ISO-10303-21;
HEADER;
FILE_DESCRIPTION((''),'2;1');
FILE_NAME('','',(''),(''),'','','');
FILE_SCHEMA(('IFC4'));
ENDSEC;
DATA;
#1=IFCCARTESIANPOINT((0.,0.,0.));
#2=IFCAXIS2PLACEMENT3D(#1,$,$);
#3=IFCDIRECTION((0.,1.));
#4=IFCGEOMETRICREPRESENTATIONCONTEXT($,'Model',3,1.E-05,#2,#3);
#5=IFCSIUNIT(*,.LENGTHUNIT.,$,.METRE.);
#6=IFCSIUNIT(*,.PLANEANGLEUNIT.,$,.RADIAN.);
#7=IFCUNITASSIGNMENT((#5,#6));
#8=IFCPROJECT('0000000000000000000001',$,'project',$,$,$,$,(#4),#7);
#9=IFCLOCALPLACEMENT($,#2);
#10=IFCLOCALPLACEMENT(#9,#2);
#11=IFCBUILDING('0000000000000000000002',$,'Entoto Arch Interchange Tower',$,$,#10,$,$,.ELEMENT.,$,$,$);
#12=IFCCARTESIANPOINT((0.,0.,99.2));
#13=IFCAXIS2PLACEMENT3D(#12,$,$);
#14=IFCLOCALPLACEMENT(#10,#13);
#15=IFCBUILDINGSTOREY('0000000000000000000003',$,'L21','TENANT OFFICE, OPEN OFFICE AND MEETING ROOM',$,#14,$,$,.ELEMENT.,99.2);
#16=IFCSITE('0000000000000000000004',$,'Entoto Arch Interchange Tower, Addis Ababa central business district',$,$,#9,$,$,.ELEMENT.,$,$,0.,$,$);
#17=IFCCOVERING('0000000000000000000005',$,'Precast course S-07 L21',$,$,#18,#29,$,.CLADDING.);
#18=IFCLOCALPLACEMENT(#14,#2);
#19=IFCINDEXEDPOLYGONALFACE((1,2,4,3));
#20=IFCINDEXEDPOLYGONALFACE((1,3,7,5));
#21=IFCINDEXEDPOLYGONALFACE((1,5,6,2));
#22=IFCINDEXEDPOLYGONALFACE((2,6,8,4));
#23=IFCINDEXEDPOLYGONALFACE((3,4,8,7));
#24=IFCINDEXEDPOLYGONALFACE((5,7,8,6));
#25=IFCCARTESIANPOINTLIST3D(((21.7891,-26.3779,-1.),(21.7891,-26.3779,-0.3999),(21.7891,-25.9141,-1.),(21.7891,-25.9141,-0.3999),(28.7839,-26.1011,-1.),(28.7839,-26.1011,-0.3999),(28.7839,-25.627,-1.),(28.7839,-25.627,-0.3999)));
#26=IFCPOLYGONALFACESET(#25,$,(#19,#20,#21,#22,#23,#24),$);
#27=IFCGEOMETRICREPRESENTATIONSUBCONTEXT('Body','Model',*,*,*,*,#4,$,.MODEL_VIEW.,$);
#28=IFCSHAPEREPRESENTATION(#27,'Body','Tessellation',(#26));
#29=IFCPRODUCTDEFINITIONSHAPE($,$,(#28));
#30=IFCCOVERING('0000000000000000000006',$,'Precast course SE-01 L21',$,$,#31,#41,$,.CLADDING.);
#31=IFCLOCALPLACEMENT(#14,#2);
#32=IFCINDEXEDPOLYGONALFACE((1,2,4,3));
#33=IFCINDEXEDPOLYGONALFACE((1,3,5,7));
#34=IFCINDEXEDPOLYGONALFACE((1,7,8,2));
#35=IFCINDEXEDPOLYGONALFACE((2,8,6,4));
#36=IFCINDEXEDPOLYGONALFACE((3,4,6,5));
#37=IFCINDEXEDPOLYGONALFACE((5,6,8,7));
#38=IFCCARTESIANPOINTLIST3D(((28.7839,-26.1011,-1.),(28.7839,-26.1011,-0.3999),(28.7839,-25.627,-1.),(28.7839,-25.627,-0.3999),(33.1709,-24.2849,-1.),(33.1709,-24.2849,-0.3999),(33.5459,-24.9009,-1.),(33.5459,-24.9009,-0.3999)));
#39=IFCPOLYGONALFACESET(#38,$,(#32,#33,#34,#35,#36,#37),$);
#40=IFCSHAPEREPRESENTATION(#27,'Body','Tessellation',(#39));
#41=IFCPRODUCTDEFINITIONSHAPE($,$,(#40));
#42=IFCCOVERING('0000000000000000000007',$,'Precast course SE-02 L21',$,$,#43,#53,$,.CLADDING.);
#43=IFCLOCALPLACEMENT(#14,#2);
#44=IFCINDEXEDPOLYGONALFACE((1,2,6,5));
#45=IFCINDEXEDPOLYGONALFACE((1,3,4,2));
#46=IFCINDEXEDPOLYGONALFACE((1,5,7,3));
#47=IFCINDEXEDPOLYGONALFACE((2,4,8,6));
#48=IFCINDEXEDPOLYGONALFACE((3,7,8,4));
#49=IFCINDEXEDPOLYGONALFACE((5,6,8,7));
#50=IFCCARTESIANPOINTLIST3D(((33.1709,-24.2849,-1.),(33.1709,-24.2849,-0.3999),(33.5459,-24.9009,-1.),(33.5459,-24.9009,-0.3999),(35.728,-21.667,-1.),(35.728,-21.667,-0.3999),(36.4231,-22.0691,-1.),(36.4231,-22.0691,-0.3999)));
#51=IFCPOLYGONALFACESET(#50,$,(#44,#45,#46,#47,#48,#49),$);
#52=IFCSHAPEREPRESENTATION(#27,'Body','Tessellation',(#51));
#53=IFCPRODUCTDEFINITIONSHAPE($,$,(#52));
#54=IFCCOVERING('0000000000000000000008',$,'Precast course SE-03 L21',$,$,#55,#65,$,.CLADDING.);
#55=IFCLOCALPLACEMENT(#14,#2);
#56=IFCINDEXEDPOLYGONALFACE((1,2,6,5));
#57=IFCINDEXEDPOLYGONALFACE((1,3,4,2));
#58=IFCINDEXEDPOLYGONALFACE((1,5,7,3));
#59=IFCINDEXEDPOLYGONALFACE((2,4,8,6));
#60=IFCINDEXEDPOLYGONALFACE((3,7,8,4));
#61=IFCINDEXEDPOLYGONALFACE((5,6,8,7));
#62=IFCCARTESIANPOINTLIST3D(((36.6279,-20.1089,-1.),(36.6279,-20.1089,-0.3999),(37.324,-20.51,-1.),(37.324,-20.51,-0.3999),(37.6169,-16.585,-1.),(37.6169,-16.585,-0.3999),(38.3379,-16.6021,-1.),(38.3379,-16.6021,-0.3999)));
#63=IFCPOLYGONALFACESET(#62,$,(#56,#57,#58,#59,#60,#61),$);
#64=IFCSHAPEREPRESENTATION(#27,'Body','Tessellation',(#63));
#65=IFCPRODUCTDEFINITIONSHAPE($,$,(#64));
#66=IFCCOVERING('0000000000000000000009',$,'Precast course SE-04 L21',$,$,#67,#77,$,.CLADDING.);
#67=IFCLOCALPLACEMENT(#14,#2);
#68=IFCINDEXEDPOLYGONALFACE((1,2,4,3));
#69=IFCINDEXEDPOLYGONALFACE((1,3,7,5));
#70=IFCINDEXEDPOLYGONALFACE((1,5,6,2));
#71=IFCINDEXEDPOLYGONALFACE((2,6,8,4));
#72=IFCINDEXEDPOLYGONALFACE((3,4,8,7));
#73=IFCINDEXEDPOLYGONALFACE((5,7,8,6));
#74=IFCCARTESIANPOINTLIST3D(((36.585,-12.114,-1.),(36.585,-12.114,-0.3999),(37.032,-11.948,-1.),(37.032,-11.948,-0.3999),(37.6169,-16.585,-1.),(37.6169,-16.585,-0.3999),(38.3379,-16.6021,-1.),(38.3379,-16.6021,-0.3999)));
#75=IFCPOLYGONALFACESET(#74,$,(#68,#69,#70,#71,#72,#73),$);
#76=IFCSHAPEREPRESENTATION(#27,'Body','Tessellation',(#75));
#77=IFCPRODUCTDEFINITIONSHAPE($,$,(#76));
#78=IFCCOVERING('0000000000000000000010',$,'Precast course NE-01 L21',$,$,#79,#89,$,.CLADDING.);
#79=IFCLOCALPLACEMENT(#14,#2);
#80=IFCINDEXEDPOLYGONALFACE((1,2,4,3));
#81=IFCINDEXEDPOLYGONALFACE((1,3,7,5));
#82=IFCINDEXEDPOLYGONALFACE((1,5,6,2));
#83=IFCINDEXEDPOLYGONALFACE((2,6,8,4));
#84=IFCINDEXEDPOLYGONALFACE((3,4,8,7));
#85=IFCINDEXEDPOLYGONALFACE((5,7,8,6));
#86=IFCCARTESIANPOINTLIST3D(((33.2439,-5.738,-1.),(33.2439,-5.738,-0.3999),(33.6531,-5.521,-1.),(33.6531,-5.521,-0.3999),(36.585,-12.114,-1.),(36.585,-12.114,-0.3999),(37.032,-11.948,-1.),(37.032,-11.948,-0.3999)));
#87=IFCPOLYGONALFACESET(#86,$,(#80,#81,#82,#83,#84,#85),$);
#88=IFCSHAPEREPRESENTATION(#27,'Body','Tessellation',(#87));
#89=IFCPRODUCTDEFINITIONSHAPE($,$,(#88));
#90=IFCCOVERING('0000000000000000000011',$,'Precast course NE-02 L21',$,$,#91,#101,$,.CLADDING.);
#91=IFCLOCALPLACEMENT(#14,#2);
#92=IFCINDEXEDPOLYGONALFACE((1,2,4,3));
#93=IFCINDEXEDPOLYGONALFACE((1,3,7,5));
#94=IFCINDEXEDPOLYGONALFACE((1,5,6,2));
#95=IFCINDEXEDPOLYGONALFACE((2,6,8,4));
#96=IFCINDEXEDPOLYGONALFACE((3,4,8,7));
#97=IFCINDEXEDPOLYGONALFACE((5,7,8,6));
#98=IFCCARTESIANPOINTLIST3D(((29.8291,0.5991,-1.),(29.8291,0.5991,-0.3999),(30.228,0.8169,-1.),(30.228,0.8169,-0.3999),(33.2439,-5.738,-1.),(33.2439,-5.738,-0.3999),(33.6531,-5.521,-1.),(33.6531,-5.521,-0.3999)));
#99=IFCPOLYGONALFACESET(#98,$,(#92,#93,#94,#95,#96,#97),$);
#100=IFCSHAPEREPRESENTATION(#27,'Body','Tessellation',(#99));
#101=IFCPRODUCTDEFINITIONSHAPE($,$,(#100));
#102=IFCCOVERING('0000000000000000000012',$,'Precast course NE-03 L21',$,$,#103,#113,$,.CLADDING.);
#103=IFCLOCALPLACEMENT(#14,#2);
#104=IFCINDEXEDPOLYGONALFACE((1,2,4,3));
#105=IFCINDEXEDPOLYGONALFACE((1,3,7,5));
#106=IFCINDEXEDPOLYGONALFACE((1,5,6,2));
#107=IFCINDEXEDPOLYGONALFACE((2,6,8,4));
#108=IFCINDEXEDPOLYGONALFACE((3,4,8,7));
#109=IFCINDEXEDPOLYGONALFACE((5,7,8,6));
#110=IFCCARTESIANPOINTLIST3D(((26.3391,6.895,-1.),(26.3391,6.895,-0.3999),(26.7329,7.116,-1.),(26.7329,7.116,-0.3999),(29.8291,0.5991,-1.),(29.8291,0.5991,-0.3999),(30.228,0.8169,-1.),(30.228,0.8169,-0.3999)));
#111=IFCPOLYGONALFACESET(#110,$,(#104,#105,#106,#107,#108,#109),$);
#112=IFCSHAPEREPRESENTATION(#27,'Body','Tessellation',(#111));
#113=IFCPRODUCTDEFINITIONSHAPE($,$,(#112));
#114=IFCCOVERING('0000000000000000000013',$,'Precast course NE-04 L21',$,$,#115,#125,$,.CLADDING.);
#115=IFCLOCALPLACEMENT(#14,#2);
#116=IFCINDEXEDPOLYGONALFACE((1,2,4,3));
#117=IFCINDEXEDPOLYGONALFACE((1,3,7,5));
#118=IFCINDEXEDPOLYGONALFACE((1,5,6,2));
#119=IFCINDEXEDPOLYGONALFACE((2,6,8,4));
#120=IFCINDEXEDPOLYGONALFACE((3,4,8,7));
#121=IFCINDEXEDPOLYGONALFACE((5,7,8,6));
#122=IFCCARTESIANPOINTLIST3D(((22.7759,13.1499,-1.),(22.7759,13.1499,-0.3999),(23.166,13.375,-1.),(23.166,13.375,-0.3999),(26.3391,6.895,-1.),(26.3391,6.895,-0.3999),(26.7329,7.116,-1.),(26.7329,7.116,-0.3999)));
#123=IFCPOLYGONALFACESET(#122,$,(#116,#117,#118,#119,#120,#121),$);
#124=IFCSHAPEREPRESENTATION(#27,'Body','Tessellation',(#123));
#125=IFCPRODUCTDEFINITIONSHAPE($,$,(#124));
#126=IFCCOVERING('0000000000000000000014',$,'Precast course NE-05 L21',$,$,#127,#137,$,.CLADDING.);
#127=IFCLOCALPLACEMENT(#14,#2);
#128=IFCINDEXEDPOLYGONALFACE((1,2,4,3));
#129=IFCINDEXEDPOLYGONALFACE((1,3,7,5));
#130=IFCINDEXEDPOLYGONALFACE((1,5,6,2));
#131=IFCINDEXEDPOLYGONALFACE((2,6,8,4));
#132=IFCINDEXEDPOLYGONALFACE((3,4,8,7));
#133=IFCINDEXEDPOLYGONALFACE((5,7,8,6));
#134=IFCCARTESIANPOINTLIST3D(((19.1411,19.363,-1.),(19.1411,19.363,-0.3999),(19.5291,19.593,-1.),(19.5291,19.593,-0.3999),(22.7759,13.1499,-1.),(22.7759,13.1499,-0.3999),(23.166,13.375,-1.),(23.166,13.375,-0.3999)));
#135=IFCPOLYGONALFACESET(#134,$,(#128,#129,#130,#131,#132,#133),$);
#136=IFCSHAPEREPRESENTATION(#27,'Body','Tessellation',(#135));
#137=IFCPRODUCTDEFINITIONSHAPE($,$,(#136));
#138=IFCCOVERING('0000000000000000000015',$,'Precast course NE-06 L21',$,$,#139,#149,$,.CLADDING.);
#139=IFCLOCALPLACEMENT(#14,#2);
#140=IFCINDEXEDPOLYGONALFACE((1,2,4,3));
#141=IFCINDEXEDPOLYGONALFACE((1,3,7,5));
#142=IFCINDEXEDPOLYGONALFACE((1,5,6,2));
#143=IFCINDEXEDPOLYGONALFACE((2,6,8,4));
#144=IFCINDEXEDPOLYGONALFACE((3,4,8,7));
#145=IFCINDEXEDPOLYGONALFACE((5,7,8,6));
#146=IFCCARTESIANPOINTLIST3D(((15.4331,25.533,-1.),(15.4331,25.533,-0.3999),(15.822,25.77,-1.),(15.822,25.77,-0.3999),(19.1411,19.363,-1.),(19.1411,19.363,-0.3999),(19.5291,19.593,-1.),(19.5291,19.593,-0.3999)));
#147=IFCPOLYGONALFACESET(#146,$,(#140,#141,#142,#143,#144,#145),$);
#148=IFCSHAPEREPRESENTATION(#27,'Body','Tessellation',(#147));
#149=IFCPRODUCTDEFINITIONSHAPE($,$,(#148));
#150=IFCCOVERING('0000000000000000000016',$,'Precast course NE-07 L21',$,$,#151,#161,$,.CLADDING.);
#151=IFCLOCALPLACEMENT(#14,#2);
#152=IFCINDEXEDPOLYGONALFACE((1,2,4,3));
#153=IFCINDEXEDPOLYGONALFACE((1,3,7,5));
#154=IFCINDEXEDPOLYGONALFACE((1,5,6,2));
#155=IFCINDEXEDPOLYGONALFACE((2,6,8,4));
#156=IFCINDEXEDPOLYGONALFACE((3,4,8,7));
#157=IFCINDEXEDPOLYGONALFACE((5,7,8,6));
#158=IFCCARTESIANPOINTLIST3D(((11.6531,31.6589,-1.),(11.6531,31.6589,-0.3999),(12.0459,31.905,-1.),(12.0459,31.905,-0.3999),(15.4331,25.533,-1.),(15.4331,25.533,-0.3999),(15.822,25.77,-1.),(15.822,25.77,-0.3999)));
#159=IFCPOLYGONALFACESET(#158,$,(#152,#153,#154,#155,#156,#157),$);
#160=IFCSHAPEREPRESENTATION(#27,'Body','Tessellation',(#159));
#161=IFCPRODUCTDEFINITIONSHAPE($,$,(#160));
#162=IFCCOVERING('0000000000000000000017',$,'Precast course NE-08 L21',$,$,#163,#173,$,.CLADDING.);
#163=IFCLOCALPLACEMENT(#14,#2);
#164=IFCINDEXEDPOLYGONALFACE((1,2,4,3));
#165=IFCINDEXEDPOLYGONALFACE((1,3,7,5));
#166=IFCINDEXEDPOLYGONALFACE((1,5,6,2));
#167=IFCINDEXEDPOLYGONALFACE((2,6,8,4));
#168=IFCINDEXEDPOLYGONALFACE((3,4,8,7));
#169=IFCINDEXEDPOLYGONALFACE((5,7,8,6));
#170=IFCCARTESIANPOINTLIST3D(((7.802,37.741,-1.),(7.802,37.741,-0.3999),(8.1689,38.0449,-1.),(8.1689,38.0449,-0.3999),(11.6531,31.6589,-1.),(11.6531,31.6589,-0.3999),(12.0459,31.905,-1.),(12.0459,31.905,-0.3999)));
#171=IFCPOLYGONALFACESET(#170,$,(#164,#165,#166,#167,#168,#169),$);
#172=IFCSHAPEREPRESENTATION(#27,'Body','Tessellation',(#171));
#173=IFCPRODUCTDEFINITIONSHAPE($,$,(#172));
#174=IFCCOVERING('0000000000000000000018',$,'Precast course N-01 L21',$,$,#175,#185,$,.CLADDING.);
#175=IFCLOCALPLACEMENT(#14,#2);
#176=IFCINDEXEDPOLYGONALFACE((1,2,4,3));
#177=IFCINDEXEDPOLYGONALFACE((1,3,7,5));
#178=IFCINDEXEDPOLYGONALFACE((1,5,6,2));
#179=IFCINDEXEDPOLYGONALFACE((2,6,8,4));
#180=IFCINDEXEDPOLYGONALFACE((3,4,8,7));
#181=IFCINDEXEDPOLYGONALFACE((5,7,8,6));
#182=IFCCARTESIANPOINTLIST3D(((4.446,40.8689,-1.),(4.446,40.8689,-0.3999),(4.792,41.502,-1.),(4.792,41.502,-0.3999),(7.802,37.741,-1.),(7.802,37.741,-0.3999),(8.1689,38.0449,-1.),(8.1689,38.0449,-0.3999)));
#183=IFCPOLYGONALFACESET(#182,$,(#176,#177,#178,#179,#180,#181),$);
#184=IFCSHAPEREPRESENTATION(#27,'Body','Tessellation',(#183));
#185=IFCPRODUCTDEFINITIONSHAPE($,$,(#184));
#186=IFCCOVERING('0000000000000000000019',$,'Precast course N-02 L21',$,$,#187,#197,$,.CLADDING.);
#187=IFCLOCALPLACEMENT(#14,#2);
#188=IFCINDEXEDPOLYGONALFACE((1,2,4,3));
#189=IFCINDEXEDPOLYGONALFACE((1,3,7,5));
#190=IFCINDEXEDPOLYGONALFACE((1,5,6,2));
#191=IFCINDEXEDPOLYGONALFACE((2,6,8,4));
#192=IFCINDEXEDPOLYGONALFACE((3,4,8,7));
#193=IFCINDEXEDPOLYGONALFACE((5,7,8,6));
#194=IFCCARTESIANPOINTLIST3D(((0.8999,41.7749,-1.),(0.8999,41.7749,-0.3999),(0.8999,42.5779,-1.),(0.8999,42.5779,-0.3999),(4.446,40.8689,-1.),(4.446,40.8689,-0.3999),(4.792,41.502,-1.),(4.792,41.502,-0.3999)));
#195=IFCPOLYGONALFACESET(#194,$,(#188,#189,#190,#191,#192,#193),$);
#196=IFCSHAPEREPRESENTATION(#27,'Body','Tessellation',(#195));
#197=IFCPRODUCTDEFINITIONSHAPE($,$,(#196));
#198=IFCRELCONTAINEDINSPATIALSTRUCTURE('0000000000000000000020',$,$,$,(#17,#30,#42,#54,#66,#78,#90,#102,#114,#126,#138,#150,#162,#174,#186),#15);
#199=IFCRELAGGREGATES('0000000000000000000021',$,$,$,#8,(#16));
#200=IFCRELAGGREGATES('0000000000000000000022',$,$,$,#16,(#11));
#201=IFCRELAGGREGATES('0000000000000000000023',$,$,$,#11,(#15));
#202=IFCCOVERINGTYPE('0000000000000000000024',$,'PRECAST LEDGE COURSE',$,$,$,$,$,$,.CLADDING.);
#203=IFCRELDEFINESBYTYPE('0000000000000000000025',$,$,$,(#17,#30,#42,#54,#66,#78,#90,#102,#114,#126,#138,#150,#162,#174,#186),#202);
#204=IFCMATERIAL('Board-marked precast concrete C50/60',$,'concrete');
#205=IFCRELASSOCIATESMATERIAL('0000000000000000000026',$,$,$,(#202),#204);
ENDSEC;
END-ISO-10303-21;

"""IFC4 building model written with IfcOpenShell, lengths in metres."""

from ifc_helpers import new_model, si_unit, direction, frame, origin, place, context, subcontext, project, spatial, polyline, outline, extrude, material, type_object, element, save


model = new_model("IFC4")

# Units and contexts
model_context = context("Model", 3, precision=1e-05, world=origin(), true_north=direction((0.0, 1.0)))
body_context = subcontext(model_context, "Body", "Model", "MODEL_VIEW")
ifc_project = project(units=[si_unit("LENGTHUNIT", "METRE"), si_unit("PLANEANGLEUNIT", "RADIAN")], contexts=[model_context])

# Site, building, storey
site_placement = place(None, origin())
site = spatial("IfcSite", under=ifc_project, at=site_placement, Name="Entoto Arch Interchange Tower, Addis Ababa central business district", CompositionType="ELEMENT", RefElevation=0.0)
building_placement = place(site_placement, origin())
building = spatial("IfcBuilding", under=site, at=building_placement, Name="Entoto Arch Interchange Tower", CompositionType="ELEMENT")
storey_placement = place(building_placement, frame((0.0, 0.0, 99.2)))
storey = spatial("IfcBuildingStorey", under=building, at=storey_placement, Name="L21", Description="TENANT OFFICE, OPEN OFFICE AND MEETING ROOM", CompositionType="ELEMENT", Elevation=99.2)

# Coverings
ifc_material_1 = material(Name="Board-marked precast concrete C50/60", Category="concrete")
covering_type = type_object("IfcCoveringType", Name="PRECAST LEDGE COURSE", PredefinedType="CLADDING", material=ifc_material_1)
covering_1_placement = place(storey_placement, frame((0.0, 0.0, -1.0)))
element("IfcCovering", 1, at=covering_1_placement, inside=storey, type_object=covering_type, Name="Precast course S-07 L21", PredefinedType="CLADDING", context=body_context, shape_type="SweptSolid", body=[
    extrude(outline(polyline([(28.7839, -25.627), (28.7839, -26.1011), (21.7891, -26.3779), (21.7891, -25.9141), (28.7839, -25.627)])), origin(), (0.0, 0.0, 1.0), 0.6001),
])
covering_2_placement = place(storey_placement, frame((0.0, 0.0, -1.0)))
element("IfcCovering", 2, at=covering_2_placement, inside=storey, type_object=covering_type, Name="Precast course SE-01 L21", PredefinedType="CLADDING", context=body_context, shape_type="SweptSolid", body=[
    extrude(outline(polyline([(33.1709, -24.2849), (33.5459, -24.9009), (28.7839, -26.1011), (28.7839, -25.627), (33.1709, -24.2849)])), origin(), (0.0, 0.0, 1.0), 0.6001),
])
covering_3_placement = place(storey_placement, frame((0.0, 0.0, -1.0)))
element("IfcCovering", 3, at=covering_3_placement, inside=storey, type_object=covering_type, Name="Precast course SE-02 L21", PredefinedType="CLADDING", context=body_context, shape_type="SweptSolid", body=[
    extrude(outline(polyline([(35.728, -21.667), (36.4231, -22.0691), (33.5459, -24.9009), (33.1709, -24.2849), (35.728, -21.667)])), origin(), (0.0, 0.0, 1.0), 0.6001),
])
covering_4_placement = place(storey_placement, frame((0.0, 0.0, -1.0)))
element("IfcCovering", 4, at=covering_4_placement, inside=storey, type_object=covering_type, Name="Precast course SE-03 L21", PredefinedType="CLADDING", context=body_context, shape_type="SweptSolid", body=[
    extrude(outline(polyline([(37.6169, -16.585), (38.3379, -16.6021), (37.324, -20.51), (36.6279, -20.1089), (37.6169, -16.585)])), origin(), (0.0, 0.0, 1.0), 0.6001),
])
covering_5_placement = place(storey_placement, frame((0.0, 0.0, -1.0)))
element("IfcCovering", 5, at=covering_5_placement, inside=storey, type_object=covering_type, Name="Precast course SE-04 L21", PredefinedType="CLADDING", context=body_context, shape_type="SweptSolid", body=[
    extrude(outline(polyline([(36.585, -12.114), (37.032, -11.948), (38.3379, -16.6021), (37.6169, -16.585), (36.585, -12.114)])), origin(), (0.0, 0.0, 1.0), 0.6001),
])
covering_6_placement = place(storey_placement, frame((0.0, 0.0, -1.0)))
element("IfcCovering", 6, at=covering_6_placement, inside=storey, type_object=covering_type, Name="Precast course NE-01 L21", PredefinedType="CLADDING", context=body_context, shape_type="SweptSolid", body=[
    extrude(outline(polyline([(33.2439, -5.738), (33.6531, -5.521), (37.032, -11.948), (36.585, -12.114), (33.2439, -5.738)])), origin(), (0.0, 0.0, 1.0), 0.6001),
])
covering_7_placement = place(storey_placement, frame((0.0, 0.0, -1.0)))
element("IfcCovering", 7, at=covering_7_placement, inside=storey, type_object=covering_type, Name="Precast course NE-02 L21", PredefinedType="CLADDING", context=body_context, shape_type="SweptSolid", body=[
    extrude(outline(polyline([(29.8291, 0.5991), (30.228, 0.8169), (33.6531, -5.521), (33.2439, -5.738), (29.8291, 0.5991)])), origin(), (0.0, 0.0, 1.0), 0.6001),
])
covering_8_placement = place(storey_placement, frame((0.0, 0.0, -1.0)))
element("IfcCovering", 8, at=covering_8_placement, inside=storey, type_object=covering_type, Name="Precast course NE-03 L21", PredefinedType="CLADDING", context=body_context, shape_type="SweptSolid", body=[
    extrude(outline(polyline([(26.3391, 6.895), (26.7329, 7.116), (30.228, 0.8169), (29.8291, 0.5991), (26.3391, 6.895)])), origin(), (0.0, 0.0, 1.0), 0.6001),
])
covering_9_placement = place(storey_placement, frame((0.0, 0.0, -1.0)))
element("IfcCovering", 9, at=covering_9_placement, inside=storey, type_object=covering_type, Name="Precast course NE-04 L21", PredefinedType="CLADDING", context=body_context, shape_type="SweptSolid", body=[
    extrude(outline(polyline([(22.7759, 13.1499), (23.166, 13.375), (26.7329, 7.116), (26.3391, 6.895), (22.7759, 13.1499)])), origin(), (0.0, 0.0, 1.0), 0.6001),
])
covering_10_placement = place(storey_placement, frame((0.0, 0.0, -1.0)))
element("IfcCovering", 10, at=covering_10_placement, inside=storey, type_object=covering_type, Name="Precast course NE-05 L21", PredefinedType="CLADDING", context=body_context, shape_type="SweptSolid", body=[
    extrude(outline(polyline([(19.1411, 19.363), (19.5291, 19.593), (23.166, 13.375), (22.7759, 13.1499), (19.1411, 19.363)])), origin(), (0.0, 0.0, 1.0), 0.6001),
])
covering_11_placement = place(storey_placement, frame((0.0, 0.0, -1.0)))
element("IfcCovering", 11, at=covering_11_placement, inside=storey, type_object=covering_type, Name="Precast course NE-06 L21", PredefinedType="CLADDING", context=body_context, shape_type="SweptSolid", body=[
    extrude(outline(polyline([(15.4331, 25.533), (15.822, 25.77), (19.5291, 19.593), (19.1411, 19.363), (15.4331, 25.533)])), origin(), (0.0, 0.0, 1.0), 0.6001),
])
covering_12_placement = place(storey_placement, frame((0.0, 0.0, -1.0)))
element("IfcCovering", 12, at=covering_12_placement, inside=storey, type_object=covering_type, Name="Precast course NE-07 L21", PredefinedType="CLADDING", context=body_context, shape_type="SweptSolid", body=[
    extrude(outline(polyline([(11.6531, 31.6589), (12.0459, 31.905), (15.822, 25.77), (15.4331, 25.533), (11.6531, 31.6589)])), origin(), (0.0, 0.0, 1.0), 0.6001),
])
covering_13_placement = place(storey_placement, frame((0.0, 0.0, -1.0)))
element("IfcCovering", 13, at=covering_13_placement, inside=storey, type_object=covering_type, Name="Precast course NE-08 L21", PredefinedType="CLADDING", context=body_context, shape_type="SweptSolid", body=[
    extrude(outline(polyline([(7.802, 37.741), (8.1689, 38.0449), (12.0459, 31.905), (11.6531, 31.6589), (7.802, 37.741)])), origin(), (0.0, 0.0, 1.0), 0.6001),
])
covering_14_placement = place(storey_placement, frame((0.0, 0.0, -1.0)))
element("IfcCovering", 14, at=covering_14_placement, inside=storey, type_object=covering_type, Name="Precast course N-01 L21", PredefinedType="CLADDING", context=body_context, shape_type="SweptSolid", body=[
    extrude(outline(polyline([(4.446, 40.8689), (4.792, 41.502), (8.1689, 38.0449), (7.802, 37.741), (4.446, 40.8689)])), origin(), (0.0, 0.0, 1.0), 0.6001),
])
covering_15_placement = place(storey_placement, frame((0.0, 0.0, -1.0)))
element("IfcCovering", 15, at=covering_15_placement, inside=storey, type_object=covering_type, Name="Precast course N-02 L21", PredefinedType="CLADDING", context=body_context, shape_type="SweptSolid", body=[
    extrude(outline(polyline([(0.8999, 41.7749), (0.8999, 42.5779), (4.792, 41.502), (4.446, 40.8689), (0.8999, 41.7749)])), origin(), (0.0, 0.0, 1.0), 0.6001),
])

save(model, "model.ifc")
